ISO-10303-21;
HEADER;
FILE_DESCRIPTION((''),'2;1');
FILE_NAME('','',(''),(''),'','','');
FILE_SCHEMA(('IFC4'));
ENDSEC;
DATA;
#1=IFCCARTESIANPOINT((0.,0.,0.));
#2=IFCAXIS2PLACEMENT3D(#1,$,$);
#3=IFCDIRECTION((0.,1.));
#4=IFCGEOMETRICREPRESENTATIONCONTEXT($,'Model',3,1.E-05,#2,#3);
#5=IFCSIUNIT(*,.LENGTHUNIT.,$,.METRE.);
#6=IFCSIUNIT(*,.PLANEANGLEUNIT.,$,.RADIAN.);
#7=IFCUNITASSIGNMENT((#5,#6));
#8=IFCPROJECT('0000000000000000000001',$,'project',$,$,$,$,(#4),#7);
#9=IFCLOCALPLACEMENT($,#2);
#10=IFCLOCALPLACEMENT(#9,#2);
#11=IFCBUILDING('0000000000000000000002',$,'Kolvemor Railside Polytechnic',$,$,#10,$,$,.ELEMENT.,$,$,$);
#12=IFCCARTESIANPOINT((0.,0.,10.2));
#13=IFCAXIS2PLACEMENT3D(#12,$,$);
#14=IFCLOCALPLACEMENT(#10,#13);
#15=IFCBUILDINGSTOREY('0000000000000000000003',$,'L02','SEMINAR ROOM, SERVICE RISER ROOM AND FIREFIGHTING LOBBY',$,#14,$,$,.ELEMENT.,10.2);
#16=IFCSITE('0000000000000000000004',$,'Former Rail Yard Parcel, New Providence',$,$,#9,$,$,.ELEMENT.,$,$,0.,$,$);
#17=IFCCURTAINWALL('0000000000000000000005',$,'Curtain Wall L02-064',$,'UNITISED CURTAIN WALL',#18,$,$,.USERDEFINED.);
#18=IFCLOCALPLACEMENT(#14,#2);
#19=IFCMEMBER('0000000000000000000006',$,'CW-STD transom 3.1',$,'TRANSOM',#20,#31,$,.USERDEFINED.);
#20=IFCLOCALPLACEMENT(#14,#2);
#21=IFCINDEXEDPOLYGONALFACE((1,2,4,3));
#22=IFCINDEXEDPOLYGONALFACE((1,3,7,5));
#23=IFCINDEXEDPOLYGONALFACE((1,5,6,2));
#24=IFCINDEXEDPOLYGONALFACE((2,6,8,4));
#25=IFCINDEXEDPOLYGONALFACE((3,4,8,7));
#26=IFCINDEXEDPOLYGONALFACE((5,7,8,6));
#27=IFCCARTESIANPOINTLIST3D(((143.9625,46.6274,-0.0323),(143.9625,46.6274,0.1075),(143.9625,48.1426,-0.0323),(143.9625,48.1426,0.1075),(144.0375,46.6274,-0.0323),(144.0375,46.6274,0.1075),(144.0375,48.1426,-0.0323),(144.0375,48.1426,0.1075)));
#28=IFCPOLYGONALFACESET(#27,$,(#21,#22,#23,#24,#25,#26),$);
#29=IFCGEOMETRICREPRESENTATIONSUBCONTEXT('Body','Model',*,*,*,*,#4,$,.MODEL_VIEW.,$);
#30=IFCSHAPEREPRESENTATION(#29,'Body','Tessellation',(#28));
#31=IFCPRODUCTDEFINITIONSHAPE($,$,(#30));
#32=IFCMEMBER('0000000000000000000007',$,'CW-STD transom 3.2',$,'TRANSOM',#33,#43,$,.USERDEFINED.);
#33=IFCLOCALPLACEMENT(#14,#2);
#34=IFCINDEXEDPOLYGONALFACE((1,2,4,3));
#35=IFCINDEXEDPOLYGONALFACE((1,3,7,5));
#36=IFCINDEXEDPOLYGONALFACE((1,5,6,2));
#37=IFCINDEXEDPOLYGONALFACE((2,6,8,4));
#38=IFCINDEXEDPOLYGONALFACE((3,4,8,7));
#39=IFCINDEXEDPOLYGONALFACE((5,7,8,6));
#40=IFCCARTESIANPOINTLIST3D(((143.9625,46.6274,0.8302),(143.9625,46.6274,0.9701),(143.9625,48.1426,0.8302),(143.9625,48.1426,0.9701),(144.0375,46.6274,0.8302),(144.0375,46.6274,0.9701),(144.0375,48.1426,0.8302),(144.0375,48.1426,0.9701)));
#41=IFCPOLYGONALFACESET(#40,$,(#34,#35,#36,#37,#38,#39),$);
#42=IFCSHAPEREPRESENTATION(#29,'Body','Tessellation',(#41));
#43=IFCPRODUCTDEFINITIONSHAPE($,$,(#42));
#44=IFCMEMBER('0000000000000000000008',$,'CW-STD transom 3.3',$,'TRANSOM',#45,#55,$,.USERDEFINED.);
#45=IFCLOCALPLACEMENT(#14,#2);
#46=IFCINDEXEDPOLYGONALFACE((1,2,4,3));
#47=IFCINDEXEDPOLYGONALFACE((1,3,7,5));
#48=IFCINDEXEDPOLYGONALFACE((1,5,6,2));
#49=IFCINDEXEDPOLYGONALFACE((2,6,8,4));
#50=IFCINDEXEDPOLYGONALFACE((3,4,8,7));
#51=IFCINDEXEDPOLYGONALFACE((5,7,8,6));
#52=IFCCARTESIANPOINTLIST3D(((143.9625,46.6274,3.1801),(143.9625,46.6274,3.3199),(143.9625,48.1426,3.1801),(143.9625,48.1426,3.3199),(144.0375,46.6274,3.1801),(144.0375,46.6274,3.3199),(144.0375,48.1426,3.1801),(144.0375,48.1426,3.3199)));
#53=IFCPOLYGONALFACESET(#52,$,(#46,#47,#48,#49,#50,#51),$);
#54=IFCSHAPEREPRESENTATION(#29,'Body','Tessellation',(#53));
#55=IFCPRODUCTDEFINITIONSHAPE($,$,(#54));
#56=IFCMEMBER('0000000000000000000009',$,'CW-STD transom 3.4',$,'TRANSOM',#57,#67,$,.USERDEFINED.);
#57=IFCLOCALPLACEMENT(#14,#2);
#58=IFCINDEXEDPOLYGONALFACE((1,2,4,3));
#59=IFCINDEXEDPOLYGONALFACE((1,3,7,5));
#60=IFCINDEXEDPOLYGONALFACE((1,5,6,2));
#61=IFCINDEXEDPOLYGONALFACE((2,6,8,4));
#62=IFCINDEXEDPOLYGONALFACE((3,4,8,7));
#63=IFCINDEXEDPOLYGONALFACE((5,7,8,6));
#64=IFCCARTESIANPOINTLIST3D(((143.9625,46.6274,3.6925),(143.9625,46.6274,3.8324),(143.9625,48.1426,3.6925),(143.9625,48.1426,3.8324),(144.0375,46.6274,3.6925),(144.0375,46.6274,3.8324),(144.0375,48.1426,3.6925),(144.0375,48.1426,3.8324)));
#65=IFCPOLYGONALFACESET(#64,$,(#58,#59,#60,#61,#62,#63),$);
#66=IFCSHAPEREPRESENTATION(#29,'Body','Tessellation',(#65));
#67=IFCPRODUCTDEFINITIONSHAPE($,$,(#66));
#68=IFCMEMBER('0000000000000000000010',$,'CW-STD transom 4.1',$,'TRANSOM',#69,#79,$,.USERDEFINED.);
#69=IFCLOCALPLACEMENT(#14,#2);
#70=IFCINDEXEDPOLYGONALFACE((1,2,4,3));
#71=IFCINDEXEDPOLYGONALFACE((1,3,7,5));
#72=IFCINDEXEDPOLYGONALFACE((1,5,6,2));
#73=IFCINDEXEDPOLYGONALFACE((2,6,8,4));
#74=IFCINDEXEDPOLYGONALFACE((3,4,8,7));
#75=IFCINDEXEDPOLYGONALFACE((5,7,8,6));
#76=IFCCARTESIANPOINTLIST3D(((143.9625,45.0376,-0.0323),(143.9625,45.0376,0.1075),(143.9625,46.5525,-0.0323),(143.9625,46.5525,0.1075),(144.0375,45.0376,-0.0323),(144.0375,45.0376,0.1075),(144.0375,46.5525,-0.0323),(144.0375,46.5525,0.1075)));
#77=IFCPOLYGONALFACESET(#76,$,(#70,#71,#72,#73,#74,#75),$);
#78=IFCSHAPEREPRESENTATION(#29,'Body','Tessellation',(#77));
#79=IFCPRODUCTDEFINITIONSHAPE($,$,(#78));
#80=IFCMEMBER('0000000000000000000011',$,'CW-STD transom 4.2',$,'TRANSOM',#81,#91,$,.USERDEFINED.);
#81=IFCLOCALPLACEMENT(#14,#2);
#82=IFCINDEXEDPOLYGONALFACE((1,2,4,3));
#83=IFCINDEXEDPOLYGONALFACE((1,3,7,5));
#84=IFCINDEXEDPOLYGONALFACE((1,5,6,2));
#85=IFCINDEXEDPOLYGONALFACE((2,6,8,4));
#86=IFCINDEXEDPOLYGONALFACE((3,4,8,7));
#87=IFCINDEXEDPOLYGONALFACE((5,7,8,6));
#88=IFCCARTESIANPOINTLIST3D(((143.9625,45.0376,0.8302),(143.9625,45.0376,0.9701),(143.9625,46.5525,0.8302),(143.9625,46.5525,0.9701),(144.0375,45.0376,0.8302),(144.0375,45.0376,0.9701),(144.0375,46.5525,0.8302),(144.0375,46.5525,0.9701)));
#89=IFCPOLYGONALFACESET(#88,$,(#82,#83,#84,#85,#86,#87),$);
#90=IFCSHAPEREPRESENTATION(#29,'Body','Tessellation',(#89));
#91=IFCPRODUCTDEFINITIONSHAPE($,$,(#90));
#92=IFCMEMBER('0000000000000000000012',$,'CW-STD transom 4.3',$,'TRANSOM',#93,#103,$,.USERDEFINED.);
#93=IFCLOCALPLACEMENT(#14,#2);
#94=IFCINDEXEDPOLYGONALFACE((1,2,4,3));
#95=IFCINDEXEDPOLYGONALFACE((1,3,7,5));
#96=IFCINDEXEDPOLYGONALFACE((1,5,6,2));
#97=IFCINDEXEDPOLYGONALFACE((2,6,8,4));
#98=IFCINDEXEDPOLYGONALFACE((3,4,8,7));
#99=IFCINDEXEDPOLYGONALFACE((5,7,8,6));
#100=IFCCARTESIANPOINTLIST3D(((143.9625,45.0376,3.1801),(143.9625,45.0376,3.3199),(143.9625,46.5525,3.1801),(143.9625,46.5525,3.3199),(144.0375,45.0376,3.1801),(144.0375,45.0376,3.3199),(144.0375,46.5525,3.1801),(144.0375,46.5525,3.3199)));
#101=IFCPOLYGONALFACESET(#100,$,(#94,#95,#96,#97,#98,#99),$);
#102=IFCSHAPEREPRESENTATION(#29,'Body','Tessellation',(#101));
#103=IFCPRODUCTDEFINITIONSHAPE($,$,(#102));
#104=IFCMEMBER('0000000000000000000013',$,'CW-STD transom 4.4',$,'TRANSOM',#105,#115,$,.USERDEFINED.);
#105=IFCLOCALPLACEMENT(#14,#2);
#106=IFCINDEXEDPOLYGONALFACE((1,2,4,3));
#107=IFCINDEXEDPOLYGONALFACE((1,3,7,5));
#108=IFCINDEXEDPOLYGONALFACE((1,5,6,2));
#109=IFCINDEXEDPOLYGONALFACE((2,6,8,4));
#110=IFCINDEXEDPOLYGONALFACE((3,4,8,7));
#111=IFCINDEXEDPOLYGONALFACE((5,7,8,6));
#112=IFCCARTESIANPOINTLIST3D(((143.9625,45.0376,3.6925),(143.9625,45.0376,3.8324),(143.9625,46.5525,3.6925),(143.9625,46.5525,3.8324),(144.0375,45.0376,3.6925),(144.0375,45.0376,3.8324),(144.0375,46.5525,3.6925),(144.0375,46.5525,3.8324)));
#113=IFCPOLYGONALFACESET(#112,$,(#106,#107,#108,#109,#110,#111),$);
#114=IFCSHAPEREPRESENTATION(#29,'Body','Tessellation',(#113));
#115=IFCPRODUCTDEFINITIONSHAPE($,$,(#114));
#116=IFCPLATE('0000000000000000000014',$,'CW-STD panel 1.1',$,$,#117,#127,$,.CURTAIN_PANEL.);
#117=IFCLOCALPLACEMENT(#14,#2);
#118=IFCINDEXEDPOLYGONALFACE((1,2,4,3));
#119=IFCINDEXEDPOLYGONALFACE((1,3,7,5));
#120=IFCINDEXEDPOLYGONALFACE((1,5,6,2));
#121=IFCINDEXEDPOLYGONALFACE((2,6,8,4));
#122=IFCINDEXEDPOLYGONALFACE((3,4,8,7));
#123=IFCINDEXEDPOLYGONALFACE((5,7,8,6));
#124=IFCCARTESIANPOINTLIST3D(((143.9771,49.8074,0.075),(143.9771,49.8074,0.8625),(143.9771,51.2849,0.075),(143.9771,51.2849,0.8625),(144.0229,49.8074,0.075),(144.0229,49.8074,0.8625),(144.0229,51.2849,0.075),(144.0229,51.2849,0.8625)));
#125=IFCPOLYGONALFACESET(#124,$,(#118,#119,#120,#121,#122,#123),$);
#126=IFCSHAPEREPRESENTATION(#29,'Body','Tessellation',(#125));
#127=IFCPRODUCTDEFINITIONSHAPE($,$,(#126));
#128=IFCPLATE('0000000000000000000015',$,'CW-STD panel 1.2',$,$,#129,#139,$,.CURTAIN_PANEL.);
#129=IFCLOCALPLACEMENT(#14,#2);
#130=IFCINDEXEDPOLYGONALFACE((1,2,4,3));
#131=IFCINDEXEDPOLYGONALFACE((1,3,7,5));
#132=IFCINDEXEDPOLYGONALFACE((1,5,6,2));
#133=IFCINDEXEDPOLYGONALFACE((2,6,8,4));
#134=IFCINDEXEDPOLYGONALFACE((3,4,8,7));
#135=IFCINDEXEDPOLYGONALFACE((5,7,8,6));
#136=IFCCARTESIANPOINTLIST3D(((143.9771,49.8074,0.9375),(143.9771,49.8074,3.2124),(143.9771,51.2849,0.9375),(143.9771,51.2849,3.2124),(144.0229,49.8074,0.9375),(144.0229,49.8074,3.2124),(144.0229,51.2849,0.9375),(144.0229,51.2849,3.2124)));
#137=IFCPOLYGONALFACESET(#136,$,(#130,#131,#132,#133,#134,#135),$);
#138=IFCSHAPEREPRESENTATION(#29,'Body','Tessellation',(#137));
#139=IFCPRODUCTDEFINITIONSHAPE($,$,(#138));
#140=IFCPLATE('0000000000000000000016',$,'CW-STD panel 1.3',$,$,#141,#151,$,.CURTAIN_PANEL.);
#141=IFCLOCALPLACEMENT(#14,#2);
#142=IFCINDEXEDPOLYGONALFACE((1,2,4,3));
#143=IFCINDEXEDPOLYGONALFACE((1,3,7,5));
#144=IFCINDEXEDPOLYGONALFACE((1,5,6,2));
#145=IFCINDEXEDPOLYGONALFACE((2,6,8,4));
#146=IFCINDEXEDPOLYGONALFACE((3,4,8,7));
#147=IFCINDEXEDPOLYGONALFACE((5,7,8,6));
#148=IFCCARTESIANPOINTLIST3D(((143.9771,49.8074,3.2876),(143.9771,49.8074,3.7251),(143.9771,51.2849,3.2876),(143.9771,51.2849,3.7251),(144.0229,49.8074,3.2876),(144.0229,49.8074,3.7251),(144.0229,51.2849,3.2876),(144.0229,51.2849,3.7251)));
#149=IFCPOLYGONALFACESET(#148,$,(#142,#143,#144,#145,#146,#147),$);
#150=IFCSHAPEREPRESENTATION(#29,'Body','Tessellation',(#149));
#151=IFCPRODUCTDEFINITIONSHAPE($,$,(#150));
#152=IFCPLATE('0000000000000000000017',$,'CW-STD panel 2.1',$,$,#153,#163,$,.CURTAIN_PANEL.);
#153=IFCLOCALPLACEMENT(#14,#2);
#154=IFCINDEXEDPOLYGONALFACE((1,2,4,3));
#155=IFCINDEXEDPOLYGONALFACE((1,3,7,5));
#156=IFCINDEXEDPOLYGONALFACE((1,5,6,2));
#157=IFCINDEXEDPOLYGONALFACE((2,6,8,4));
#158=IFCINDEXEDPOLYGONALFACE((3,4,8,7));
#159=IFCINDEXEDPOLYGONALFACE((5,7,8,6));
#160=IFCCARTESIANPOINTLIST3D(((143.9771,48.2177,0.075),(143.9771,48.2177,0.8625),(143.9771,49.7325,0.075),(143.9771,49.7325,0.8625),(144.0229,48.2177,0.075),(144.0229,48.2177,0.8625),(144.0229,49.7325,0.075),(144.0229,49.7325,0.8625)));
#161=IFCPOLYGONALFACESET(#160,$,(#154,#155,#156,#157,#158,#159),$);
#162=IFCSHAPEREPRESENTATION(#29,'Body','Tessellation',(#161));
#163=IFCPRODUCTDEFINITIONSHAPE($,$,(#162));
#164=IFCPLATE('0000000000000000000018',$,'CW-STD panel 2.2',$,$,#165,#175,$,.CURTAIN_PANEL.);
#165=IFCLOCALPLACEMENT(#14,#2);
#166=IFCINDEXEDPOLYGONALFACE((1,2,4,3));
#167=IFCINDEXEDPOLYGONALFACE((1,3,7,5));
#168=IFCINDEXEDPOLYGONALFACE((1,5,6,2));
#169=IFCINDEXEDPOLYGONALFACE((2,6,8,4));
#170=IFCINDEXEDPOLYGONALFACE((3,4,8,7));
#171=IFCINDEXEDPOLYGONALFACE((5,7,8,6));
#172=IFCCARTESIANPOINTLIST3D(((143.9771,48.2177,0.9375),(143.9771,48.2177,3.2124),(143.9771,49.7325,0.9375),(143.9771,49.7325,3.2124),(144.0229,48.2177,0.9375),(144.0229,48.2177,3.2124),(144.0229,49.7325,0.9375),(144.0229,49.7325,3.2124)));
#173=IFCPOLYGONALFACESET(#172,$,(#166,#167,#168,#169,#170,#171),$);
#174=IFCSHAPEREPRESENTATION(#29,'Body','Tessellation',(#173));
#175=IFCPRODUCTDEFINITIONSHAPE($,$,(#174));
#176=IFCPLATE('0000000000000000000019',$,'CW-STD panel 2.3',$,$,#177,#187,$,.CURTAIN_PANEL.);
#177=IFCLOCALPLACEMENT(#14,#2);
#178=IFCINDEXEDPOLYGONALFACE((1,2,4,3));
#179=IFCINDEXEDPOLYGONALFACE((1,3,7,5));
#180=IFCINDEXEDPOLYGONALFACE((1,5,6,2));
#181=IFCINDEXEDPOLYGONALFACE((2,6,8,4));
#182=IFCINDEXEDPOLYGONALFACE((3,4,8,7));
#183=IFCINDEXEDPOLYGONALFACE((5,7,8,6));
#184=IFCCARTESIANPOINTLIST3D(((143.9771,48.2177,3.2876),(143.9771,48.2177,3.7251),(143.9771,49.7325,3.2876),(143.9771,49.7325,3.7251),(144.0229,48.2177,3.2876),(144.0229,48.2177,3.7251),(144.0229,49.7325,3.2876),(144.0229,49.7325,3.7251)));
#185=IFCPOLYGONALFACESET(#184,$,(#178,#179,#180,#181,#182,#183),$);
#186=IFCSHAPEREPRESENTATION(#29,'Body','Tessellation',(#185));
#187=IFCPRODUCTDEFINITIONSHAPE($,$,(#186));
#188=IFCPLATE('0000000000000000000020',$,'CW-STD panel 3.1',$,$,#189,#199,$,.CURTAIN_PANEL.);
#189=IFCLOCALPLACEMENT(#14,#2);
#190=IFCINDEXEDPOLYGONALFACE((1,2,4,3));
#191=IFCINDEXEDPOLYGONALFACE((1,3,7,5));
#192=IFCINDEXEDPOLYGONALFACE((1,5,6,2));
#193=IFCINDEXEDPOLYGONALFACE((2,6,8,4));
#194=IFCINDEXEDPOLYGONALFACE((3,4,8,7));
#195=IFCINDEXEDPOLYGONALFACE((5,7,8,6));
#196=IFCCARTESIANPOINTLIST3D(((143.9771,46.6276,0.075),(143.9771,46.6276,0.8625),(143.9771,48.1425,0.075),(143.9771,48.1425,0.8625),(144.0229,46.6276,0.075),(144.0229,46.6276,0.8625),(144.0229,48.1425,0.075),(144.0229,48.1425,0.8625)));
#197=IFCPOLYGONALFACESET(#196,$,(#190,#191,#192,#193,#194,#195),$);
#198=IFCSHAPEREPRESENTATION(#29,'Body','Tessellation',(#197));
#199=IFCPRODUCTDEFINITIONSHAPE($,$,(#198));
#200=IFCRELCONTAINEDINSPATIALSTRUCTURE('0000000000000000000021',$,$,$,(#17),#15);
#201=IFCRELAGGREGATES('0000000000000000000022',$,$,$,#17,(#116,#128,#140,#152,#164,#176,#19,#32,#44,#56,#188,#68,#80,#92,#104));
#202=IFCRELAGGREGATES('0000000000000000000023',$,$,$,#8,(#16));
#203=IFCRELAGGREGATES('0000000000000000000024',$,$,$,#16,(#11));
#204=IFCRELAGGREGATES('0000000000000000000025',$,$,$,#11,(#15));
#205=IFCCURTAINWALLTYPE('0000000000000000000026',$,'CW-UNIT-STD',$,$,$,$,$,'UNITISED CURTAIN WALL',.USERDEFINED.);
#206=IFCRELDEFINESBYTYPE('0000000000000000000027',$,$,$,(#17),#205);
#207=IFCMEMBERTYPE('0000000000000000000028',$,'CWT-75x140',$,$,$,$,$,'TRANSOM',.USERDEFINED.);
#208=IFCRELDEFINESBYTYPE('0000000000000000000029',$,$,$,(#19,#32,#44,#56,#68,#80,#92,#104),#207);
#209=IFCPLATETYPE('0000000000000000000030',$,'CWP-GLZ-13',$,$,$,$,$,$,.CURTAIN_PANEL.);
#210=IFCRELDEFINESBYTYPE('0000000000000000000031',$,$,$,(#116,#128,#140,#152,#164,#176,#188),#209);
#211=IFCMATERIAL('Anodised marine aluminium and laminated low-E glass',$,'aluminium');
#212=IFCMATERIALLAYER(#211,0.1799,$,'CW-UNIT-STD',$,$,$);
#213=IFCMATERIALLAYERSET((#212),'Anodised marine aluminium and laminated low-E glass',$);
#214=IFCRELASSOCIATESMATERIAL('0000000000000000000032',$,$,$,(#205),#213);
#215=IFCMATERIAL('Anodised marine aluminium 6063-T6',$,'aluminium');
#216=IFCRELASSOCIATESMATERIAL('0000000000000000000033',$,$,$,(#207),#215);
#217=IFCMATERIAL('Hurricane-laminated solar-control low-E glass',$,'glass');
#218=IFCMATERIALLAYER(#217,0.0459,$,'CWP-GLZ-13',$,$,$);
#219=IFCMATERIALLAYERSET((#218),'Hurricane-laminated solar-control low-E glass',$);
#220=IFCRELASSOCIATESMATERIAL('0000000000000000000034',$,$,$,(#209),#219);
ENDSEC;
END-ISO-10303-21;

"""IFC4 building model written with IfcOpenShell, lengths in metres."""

from ifc_helpers import new_model, si_unit, direction, frame, origin, origin_2d, place, context, subcontext, project, spatial, rectangle, extrude, material, layer, layer_set, material_profile, profile_set, type_object, element, aggregate, save


model = new_model("IFC4")

# Units and contexts
model_context = context("Model", 3, precision=1e-05, world=origin(), true_north=direction((0.0, 1.0)))
body_context = subcontext(model_context, "Body", "Model", "MODEL_VIEW")
ifc_project = project(units=[si_unit("LENGTHUNIT", "METRE"), si_unit("PLANEANGLEUNIT", "RADIAN")], contexts=[model_context])

# Site, building, storey
site_placement = place(None, origin())
site = spatial("IfcSite", under=ifc_project, at=site_placement, Name="Former Rail Yard Parcel, New Providence", CompositionType="ELEMENT", RefElevation=0.0)
building_placement = place(site_placement, origin())
building = spatial("IfcBuilding", under=site, at=building_placement, Name="Kolvemor Railside Polytechnic", CompositionType="ELEMENT")
storey_placement = place(building_placement, frame((0.0, 0.0, 10.2)))
storey = spatial("IfcBuildingStorey", under=building, at=storey_placement, Name="L02", Description="SEMINAR ROOM, SERVICE RISER ROOM AND FIREFIGHTING LOBBY", CompositionType="ELEMENT", Elevation=10.2)

# Curtain wall
ifc_material_1 = material(Name="Anodised marine aluminium and laminated low-E glass", Category="aluminium")
ifc_layer_1 = layer(ifc_material_1, 0.1799, Name="CW-UNIT-STD")
ifc_layer_set_1 = layer_set([ifc_layer_1], Name="Anodised marine aluminium and laminated low-E glass")
curtain_wall_type = type_object("IfcCurtainWallType", Name="CW-UNIT-STD", ElementType="UNITISED CURTAIN WALL", PredefinedType="USERDEFINED", material=ifc_layer_set_1)
curtain_wall_1_placement = place(storey_placement, origin())
curtain_wall_1 = element("IfcCurtainWall", 1, at=curtain_wall_1_placement, inside=storey, type_object=curtain_wall_type, Name="Curtain Wall L02-064", ObjectType="UNITISED CURTAIN WALL", PredefinedType="USERDEFINED")

# Members
ifc_material_2 = material(Name="Anodised marine aluminium 6063-T6", Category="aluminium")
ifc_material_profile_1 = material_profile(ifc_material_2, rectangle(XDim=0.075, YDim=0.1399, at=origin_2d()), Name="CW-TRN-75x140")
ifc_profile_set_1 = profile_set([ifc_material_profile_1], Name="Anodised marine aluminium 6063-T6")
member_type_1 = type_object("IfcMemberType", Name="CWT-75x140", ElementType="TRANSOM", PredefinedType="USERDEFINED", material=ifc_profile_set_1)
member_1_placement = place(storey_placement, frame((144.0, 48.1426, 0.0376), z_axis=(0.0, -1.0, 0.0), x_axis=(1.0, 0.0, 0.0)))
member_1 = element("IfcMember", 2, at=member_1_placement, type_object=member_type_1, Name="CW-STD transom 3.1", ObjectType="TRANSOM", PredefinedType="USERDEFINED", context=body_context, shape_type="SweptSolid", body=[
    extrude(rectangle(XDim=0.075, YDim=0.1399, at=origin_2d()), origin(), (0.0, 0.0, 1.0), 1.5151),
])
member_2_placement = place(storey_placement, frame((144.0, 48.1426, 0.9001), z_axis=(0.0, -1.0, 0.0), x_axis=(1.0, 0.0, 0.0)))
member_2 = element("IfcMember", 3, at=member_2_placement, type_object=member_type_1, Name="CW-STD transom 3.2", ObjectType="TRANSOM", PredefinedType="USERDEFINED", context=body_context, shape_type="SweptSolid", body=[
    extrude(rectangle(XDim=0.075, YDim=0.1399, at=origin_2d()), origin(), (0.0, 0.0, 1.0), 1.5151),
])
member_3_placement = place(storey_placement, frame((144.0, 48.1426, 3.25), z_axis=(0.0, -1.0, 0.0), x_axis=(1.0, 0.0, 0.0)))
member_3 = element("IfcMember", 4, at=member_3_placement, type_object=member_type_1, Name="CW-STD transom 3.3", ObjectType="TRANSOM", PredefinedType="USERDEFINED", context=body_context, shape_type="SweptSolid", body=[
    extrude(rectangle(XDim=0.075, YDim=0.1399, at=origin_2d()), origin(), (0.0, 0.0, 1.0), 1.5151),
])
member_4_placement = place(storey_placement, frame((144.0, 48.1426, 3.7625), z_axis=(0.0, -1.0, 0.0), x_axis=(1.0, 0.0, 0.0)))
member_4 = element("IfcMember", 5, at=member_4_placement, type_object=member_type_1, Name="CW-STD transom 3.4", ObjectType="TRANSOM", PredefinedType="USERDEFINED", context=body_context, shape_type="SweptSolid", body=[
    extrude(rectangle(XDim=0.075, YDim=0.1399, at=origin_2d()), origin(), (0.0, 0.0, 1.0), 1.5151),
])
member_5_placement = place(storey_placement, frame((144.0, 46.5525, 0.0376), z_axis=(0.0, -1.0, 0.0), x_axis=(1.0, 0.0, 0.0)))
member_5 = element("IfcMember", 6, at=member_5_placement, type_object=member_type_1, Name="CW-STD transom 4.1", ObjectType="TRANSOM", PredefinedType="USERDEFINED", context=body_context, shape_type="SweptSolid", body=[
    extrude(rectangle(XDim=0.075, YDim=0.1399, at=origin_2d()), origin(), (0.0, 0.0, 1.0), 1.5149),
])
member_6_placement = place(storey_placement, frame((144.0, 46.5525, 0.9001), z_axis=(0.0, -1.0, 0.0), x_axis=(1.0, 0.0, 0.0)))
member_6 = element("IfcMember", 7, at=member_6_placement, type_object=member_type_1, Name="CW-STD transom 4.2", ObjectType="TRANSOM", PredefinedType="USERDEFINED", context=body_context, shape_type="SweptSolid", body=[
    extrude(rectangle(XDim=0.075, YDim=0.1399, at=origin_2d()), origin(), (0.0, 0.0, 1.0), 1.5149),
])
member_7_placement = place(storey_placement, frame((144.0, 46.5525, 3.25), z_axis=(0.0, -1.0, 0.0), x_axis=(1.0, 0.0, 0.0)))
member_7 = element("IfcMember", 8, at=member_7_placement, type_object=member_type_1, Name="CW-STD transom 4.3", ObjectType="TRANSOM", PredefinedType="USERDEFINED", context=body_context, shape_type="SweptSolid", body=[
    extrude(rectangle(XDim=0.075, YDim=0.1399, at=origin_2d()), origin(), (0.0, 0.0, 1.0), 1.5149),
])
member_8_placement = place(storey_placement, frame((144.0, 46.5525, 3.7625), z_axis=(0.0, -1.0, 0.0), x_axis=(1.0, 0.0, 0.0)))
member_8 = element("IfcMember", 9, at=member_8_placement, type_object=member_type_1, Name="CW-STD transom 4.4", ObjectType="TRANSOM", PredefinedType="USERDEFINED", context=body_context, shape_type="SweptSolid", body=[
    extrude(rectangle(XDim=0.075, YDim=0.1399, at=origin_2d()), origin(), (0.0, 0.0, 1.0), 1.5149),
])

# Plates
ifc_material_3 = material(Name="Hurricane-laminated solar-control low-E glass", Category="glass")
ifc_layer_2 = layer(ifc_material_3, 0.0459, Name="CWP-GLZ-13")
ifc_layer_set_2 = layer_set([ifc_layer_2], Name="Hurricane-laminated solar-control low-E glass")
plate_type = type_object("IfcPlateType", Name="CWP-GLZ-13", PredefinedType="CURTAIN_PANEL", material=ifc_layer_set_2)
plate_1_placement = place(storey_placement, frame((144.0, 50.5461, 0.075), z_axis=(0.0, 0.0, 1.0), x_axis=(0.0, -1.0, 0.0)))
plate_1 = element("IfcPlate", 10, at=plate_1_placement, type_object=plate_type, Name="CW-STD panel 1.1", PredefinedType="CURTAIN_PANEL", context=body_context, shape_type="SweptSolid", body=[
    extrude(rectangle(XDim=1.4775, YDim=0.0459, at=origin_2d()), origin(), (0.0, 0.0, 1.0), 0.7876),
])
plate_2_placement = place(storey_placement, frame((144.0, 50.5461, 0.9375), z_axis=(0.0, 0.0, 1.0), x_axis=(0.0, -1.0, 0.0)))
plate_2 = element("IfcPlate", 11, at=plate_2_placement, type_object=plate_type, Name="CW-STD panel 1.2", PredefinedType="CURTAIN_PANEL", context=body_context, shape_type="SweptSolid", body=[
    extrude(rectangle(XDim=1.4775, YDim=0.0459, at=origin_2d()), origin(), (0.0, 0.0, 1.0), 2.2749),
])
plate_3_placement = place(storey_placement, frame((144.0, 50.5461, 3.2876), z_axis=(0.0, 0.0, 1.0), x_axis=(0.0, -1.0, 0.0)))
plate_3 = element("IfcPlate", 12, at=plate_3_placement, type_object=plate_type, Name="CW-STD panel 1.3", PredefinedType="CURTAIN_PANEL", context=body_context, shape_type="SweptSolid", body=[
    extrude(rectangle(XDim=1.4775, YDim=0.0459, at=origin_2d()), origin(), (0.0, 0.0, 1.0), 0.4375),
])
plate_4_placement = place(storey_placement, frame((144.0, 48.9751, 0.075), z_axis=(0.0, 0.0, 1.0), x_axis=(0.0, -1.0, 0.0)))
plate_4 = element("IfcPlate", 13, at=plate_4_placement, type_object=plate_type, Name="CW-STD panel 2.1", PredefinedType="CURTAIN_PANEL", context=body_context, shape_type="SweptSolid", body=[
    extrude(rectangle(XDim=1.5149, YDim=0.0459, at=origin_2d()), origin(), (0.0, 0.0, 1.0), 0.7876),
])
plate_5_placement = place(storey_placement, frame((144.0, 48.9751, 0.9375), z_axis=(0.0, 0.0, 1.0), x_axis=(0.0, -1.0, 0.0)))
plate_5 = element("IfcPlate", 14, at=plate_5_placement, type_object=plate_type, Name="CW-STD panel 2.2", PredefinedType="CURTAIN_PANEL", context=body_context, shape_type="SweptSolid", body=[
    extrude(rectangle(XDim=1.5149, YDim=0.0459, at=origin_2d()), origin(), (0.0, 0.0, 1.0), 2.2749),
])
plate_6_placement = place(storey_placement, frame((144.0, 48.9751, 3.2876), z_axis=(0.0, 0.0, 1.0), x_axis=(0.0, -1.0, 0.0)))
plate_6 = element("IfcPlate", 15, at=plate_6_placement, type_object=plate_type, Name="CW-STD panel 2.3", PredefinedType="CURTAIN_PANEL", context=body_context, shape_type="SweptSolid", body=[
    extrude(rectangle(XDim=1.5149, YDim=0.0459, at=origin_2d()), origin(), (0.0, 0.0, 1.0), 0.4375),
])
plate_7_placement = place(storey_placement, frame((144.0, 47.385, 0.075), z_axis=(0.0, 0.0, 1.0), x_axis=(0.0, -1.0, 0.0)))
plate_7 = element("IfcPlate", 16, at=plate_7_placement, type_object=plate_type, Name="CW-STD panel 3.1", PredefinedType="CURTAIN_PANEL", context=body_context, shape_type="SweptSolid", body=[
    extrude(rectangle(XDim=1.5149, YDim=0.0459, at=origin_2d()), origin(), (0.0, 0.0, 1.0), 0.7876),
])
aggregate(curtain_wall_1, [plate_1, plate_2, plate_3, plate_4, plate_5, plate_6, member_1, member_2, member_3, member_4, plate_7, member_5, member_6, member_7, member_8])

save(model, "model.ifc")
